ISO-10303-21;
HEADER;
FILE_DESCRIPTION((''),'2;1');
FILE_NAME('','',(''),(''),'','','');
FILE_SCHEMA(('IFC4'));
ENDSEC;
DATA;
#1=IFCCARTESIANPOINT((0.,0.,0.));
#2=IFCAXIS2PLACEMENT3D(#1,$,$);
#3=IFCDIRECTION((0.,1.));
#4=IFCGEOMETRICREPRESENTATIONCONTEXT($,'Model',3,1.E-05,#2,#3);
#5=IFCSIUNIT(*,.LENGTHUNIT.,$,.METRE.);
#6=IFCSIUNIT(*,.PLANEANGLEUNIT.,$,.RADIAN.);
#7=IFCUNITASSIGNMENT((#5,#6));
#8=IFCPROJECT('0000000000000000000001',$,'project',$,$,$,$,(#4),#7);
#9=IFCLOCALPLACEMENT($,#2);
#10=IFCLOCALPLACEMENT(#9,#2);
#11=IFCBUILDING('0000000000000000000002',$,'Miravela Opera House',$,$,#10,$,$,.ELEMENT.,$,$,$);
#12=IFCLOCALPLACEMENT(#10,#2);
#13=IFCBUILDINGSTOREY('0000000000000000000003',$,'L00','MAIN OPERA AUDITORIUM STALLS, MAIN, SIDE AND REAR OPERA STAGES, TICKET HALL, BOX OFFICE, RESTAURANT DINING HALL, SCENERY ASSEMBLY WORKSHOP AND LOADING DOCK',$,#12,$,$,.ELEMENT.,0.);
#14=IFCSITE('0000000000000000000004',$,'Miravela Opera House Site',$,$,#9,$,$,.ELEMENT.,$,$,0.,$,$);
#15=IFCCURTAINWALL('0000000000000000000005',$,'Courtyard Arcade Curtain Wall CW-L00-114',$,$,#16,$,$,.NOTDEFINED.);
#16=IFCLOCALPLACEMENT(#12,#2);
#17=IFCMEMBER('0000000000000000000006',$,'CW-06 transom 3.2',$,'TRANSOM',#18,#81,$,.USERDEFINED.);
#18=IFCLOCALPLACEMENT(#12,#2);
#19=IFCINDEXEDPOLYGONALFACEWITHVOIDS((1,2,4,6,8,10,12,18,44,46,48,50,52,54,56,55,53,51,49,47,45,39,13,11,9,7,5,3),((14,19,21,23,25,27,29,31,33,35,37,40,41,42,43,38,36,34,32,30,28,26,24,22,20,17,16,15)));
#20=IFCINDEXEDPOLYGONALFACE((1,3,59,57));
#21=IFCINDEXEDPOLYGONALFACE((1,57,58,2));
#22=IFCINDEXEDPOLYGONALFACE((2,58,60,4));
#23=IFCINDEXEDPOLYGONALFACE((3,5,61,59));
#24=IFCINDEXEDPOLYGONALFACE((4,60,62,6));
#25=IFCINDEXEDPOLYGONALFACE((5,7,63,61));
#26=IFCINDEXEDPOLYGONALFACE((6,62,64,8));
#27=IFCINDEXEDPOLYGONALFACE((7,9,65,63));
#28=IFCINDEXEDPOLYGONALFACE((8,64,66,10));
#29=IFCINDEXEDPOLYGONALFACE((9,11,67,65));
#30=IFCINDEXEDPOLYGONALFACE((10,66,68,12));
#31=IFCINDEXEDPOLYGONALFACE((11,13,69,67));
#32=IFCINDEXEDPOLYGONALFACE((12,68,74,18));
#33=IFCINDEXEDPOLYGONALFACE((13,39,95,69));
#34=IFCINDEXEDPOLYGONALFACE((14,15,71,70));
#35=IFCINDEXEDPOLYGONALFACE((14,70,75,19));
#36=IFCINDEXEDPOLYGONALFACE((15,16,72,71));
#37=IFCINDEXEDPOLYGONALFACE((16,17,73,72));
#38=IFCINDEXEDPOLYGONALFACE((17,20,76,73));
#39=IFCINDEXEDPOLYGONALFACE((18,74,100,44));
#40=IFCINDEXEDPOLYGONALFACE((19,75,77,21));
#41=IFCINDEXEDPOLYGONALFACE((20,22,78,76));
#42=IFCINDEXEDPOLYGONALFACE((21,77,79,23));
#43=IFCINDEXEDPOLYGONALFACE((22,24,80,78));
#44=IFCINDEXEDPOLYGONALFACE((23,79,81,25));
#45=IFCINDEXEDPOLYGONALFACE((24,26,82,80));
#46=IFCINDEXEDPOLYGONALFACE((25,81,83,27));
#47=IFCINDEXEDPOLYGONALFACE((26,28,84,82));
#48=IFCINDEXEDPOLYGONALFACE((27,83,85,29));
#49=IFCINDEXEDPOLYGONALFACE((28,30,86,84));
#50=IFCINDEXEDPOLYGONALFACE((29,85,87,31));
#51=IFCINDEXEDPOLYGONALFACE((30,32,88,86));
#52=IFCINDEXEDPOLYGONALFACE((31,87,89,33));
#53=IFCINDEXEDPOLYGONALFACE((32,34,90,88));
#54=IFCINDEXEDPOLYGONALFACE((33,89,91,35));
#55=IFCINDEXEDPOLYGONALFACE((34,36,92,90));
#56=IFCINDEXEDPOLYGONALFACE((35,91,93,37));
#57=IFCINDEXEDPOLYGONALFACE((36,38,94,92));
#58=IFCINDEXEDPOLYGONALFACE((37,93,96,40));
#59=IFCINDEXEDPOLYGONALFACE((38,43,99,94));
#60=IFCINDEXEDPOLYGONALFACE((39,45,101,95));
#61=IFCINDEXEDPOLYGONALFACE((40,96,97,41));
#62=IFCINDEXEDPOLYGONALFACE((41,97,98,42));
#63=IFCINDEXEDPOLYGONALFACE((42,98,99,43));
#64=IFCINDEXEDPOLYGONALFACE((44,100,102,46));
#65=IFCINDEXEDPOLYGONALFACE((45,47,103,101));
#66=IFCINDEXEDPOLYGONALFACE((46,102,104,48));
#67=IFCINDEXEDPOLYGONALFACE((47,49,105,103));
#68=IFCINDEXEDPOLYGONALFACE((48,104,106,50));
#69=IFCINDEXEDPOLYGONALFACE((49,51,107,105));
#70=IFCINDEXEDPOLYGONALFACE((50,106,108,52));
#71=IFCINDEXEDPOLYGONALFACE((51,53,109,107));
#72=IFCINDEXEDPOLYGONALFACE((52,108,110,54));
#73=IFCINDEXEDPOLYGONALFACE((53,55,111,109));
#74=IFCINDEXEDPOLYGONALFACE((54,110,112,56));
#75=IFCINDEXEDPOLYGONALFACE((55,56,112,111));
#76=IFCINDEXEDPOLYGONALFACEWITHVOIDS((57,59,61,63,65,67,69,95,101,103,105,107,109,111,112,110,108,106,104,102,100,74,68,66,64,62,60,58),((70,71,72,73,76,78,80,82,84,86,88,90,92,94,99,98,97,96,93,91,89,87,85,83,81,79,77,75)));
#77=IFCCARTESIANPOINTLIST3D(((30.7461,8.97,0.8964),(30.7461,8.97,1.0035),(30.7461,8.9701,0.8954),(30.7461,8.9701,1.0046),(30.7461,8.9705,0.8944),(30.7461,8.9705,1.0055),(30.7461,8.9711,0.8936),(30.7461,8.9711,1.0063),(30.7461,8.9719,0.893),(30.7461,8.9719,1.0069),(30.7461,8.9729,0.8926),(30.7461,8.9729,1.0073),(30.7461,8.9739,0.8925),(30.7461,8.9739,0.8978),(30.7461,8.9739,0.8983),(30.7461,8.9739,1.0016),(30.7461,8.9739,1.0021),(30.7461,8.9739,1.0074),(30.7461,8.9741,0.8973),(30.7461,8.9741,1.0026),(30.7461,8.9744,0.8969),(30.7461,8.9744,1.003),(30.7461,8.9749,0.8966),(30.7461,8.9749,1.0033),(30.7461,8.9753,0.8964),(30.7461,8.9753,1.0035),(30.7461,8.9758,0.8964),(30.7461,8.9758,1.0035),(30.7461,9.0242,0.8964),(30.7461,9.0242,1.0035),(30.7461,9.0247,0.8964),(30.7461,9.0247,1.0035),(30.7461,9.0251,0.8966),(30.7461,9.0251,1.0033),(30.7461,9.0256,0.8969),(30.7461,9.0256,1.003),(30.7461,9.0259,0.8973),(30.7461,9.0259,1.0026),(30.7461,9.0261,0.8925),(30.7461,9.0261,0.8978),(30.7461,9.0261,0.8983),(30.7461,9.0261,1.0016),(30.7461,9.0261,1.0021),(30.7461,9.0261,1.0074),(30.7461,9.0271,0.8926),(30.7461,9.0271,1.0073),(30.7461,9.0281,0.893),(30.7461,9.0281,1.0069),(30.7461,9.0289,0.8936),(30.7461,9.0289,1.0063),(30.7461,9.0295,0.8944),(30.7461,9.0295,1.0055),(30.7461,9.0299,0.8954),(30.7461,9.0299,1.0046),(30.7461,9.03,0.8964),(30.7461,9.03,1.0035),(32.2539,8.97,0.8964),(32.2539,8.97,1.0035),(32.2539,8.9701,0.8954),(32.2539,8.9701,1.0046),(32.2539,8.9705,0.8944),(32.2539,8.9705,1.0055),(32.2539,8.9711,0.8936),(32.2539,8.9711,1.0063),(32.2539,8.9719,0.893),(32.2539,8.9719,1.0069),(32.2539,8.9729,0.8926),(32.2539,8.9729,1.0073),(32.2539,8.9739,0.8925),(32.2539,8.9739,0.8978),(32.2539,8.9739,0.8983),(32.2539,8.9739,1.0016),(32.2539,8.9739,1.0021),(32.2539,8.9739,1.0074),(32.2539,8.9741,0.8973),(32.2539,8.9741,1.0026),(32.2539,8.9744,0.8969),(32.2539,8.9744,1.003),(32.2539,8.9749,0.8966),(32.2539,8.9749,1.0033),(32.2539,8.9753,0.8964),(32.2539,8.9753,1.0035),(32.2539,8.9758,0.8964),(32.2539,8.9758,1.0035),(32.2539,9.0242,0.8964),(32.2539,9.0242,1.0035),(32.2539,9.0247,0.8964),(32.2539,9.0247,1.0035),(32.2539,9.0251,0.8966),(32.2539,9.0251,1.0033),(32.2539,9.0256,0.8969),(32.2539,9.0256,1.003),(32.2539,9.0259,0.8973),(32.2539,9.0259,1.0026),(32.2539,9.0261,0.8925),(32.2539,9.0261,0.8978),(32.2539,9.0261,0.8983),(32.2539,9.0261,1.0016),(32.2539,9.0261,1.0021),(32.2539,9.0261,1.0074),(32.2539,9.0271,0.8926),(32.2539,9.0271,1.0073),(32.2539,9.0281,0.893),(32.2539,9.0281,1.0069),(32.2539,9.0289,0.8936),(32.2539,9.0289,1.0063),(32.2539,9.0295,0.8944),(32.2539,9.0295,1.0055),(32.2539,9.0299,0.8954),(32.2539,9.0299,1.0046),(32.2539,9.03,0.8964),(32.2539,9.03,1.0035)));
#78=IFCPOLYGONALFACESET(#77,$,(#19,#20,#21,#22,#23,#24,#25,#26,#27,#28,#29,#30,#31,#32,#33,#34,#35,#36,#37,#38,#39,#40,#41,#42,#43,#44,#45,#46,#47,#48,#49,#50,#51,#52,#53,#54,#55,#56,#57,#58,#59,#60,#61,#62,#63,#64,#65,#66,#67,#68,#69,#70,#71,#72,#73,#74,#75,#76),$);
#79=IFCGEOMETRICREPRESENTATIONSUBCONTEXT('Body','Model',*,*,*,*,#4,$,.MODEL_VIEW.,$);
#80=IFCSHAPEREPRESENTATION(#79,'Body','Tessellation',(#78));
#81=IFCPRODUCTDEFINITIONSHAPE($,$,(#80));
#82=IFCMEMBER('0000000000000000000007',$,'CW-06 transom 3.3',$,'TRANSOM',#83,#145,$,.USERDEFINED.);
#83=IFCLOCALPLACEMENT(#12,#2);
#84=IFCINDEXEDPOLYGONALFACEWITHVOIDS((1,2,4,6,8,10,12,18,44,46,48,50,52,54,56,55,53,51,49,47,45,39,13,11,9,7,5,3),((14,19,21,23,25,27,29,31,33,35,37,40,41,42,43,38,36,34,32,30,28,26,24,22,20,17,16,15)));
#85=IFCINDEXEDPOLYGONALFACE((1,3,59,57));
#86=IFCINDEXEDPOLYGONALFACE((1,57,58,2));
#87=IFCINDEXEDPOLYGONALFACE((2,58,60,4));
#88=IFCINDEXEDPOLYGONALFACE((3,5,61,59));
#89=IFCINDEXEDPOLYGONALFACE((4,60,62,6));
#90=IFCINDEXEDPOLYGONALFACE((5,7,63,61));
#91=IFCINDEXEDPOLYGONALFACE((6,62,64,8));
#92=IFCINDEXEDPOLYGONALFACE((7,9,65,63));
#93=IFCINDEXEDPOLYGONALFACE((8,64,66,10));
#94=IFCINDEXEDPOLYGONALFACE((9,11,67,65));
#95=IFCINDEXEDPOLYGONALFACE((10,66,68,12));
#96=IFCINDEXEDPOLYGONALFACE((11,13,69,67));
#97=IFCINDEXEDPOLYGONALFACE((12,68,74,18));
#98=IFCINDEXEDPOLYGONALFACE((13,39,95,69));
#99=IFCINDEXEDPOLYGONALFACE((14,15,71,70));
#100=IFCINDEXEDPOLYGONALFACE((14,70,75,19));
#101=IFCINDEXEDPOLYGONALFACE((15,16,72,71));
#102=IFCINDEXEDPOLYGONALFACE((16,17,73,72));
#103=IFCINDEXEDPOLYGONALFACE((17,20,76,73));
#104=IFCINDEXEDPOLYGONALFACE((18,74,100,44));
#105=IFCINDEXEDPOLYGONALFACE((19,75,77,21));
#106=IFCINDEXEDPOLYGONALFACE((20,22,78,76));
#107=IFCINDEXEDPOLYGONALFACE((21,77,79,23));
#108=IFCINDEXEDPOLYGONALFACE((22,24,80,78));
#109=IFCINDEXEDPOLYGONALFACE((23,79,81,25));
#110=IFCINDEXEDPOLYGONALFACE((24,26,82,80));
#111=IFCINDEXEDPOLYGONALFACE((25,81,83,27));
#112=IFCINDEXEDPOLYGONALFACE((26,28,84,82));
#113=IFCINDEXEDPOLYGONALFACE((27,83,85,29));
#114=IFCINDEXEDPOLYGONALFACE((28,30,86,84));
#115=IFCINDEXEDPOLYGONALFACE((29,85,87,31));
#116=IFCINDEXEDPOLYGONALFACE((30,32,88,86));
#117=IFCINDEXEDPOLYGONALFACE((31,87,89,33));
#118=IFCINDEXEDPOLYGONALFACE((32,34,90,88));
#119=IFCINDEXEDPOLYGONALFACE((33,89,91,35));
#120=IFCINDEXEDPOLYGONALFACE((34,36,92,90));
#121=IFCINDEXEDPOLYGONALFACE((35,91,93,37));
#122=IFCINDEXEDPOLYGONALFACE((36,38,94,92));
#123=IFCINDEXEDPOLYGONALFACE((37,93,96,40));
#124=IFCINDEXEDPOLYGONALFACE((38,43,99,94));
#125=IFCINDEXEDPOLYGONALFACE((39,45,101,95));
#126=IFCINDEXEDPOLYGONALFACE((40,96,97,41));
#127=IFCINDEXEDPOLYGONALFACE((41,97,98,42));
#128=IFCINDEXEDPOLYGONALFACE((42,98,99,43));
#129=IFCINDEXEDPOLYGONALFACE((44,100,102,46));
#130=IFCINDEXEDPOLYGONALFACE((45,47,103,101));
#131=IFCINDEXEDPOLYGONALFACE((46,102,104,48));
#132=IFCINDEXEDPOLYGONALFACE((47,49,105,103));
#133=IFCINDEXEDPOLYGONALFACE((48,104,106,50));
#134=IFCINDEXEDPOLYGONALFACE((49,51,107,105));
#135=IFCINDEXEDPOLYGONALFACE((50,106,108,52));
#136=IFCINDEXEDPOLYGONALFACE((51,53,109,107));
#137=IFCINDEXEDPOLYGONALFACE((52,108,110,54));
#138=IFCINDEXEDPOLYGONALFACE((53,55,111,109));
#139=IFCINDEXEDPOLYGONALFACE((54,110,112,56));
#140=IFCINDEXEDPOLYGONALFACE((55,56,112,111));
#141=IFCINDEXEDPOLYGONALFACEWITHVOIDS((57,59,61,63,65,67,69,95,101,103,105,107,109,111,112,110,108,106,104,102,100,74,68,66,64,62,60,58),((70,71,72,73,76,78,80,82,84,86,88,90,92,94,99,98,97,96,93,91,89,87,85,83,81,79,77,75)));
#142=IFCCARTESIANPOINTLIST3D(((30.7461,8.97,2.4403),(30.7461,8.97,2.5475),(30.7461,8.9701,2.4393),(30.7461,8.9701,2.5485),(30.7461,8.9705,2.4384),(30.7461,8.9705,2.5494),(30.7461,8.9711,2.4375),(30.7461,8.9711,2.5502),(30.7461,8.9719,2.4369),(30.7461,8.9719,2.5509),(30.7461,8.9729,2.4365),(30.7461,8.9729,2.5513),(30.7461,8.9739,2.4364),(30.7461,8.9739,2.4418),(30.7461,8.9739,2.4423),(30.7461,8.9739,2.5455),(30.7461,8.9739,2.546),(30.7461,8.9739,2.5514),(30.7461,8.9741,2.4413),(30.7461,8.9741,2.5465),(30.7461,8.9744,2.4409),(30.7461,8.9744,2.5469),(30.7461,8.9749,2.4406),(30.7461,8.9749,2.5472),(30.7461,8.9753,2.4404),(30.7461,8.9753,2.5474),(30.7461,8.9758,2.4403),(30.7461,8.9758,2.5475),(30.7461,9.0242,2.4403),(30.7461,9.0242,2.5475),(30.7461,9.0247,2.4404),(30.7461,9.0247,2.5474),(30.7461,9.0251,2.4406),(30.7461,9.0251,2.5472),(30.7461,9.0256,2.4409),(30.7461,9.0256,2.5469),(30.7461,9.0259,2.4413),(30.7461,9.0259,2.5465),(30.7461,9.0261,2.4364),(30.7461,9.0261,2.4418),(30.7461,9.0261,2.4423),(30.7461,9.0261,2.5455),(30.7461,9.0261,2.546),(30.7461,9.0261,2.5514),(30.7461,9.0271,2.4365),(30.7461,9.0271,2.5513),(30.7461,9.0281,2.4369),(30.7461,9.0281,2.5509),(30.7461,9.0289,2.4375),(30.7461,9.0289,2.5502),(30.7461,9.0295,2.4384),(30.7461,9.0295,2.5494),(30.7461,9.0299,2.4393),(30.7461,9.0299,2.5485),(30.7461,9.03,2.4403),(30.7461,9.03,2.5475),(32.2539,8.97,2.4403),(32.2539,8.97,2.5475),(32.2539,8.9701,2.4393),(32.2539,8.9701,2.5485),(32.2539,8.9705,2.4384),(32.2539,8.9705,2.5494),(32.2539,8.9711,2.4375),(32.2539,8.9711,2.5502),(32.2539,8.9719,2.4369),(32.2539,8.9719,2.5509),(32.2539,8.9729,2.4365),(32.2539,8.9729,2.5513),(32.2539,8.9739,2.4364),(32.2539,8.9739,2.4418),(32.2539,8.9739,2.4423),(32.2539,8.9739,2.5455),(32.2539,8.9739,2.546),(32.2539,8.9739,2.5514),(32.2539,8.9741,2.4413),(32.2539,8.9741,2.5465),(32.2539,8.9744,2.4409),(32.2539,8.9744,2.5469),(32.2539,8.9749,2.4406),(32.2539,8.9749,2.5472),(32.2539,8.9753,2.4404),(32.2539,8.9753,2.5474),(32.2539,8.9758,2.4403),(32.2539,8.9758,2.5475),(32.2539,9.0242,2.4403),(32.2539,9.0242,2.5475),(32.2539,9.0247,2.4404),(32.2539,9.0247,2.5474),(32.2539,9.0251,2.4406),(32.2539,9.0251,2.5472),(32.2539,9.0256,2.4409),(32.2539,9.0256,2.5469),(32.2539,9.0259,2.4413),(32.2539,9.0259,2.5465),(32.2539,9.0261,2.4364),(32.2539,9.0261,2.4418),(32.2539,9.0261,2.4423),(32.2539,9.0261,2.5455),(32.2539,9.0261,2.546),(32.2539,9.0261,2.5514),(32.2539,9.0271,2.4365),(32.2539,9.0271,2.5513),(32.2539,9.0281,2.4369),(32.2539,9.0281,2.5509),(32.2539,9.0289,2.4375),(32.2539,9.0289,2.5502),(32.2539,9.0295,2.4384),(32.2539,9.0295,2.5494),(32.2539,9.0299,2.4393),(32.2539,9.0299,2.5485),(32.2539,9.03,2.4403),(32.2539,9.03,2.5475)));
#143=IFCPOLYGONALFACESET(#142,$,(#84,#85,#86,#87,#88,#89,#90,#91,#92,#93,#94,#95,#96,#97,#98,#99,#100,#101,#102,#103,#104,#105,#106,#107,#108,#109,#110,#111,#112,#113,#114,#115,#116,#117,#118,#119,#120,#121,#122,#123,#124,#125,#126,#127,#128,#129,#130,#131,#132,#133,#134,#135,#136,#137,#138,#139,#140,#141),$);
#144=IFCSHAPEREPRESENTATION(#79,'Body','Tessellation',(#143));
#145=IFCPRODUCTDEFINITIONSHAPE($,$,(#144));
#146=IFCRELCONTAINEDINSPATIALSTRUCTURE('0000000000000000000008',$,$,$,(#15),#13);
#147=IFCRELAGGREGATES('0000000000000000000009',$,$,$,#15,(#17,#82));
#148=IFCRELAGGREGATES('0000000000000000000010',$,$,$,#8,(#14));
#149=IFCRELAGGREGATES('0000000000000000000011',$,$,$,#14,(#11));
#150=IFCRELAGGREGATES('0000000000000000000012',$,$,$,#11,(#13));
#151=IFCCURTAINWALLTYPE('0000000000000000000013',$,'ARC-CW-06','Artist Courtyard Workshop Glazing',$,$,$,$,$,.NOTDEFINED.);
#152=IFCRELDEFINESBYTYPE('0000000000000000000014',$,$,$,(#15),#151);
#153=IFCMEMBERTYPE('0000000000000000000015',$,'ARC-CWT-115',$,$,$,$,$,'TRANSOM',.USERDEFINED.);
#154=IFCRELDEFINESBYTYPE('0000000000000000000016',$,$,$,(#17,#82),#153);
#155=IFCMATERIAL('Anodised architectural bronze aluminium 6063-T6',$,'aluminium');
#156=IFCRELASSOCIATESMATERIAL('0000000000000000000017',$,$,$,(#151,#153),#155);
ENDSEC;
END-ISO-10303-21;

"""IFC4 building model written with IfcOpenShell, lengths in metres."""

from ifc_helpers import new_model, si_unit, direction, frame, origin, origin_2d, place, context, subcontext, project, spatial, hollow_rectangle, extrude, material, material_profile, profile_set, type_object, element, aggregate, save


model = new_model("IFC4")

# Units and contexts
model_context = context("Model", 3, precision=1e-05, world=origin(), true_north=direction((0.0, 1.0)))
body_context = subcontext(model_context, "Body", "Model", "MODEL_VIEW")
ifc_project = project(units=[si_unit("LENGTHUNIT", "METRE"), si_unit("PLANEANGLEUNIT", "RADIAN")], contexts=[model_context])

# Site, building, storey
site_placement = place(None, origin())
site = spatial("IfcSite", under=ifc_project, at=site_placement, Name="Miravela Opera House Site", CompositionType="ELEMENT", RefElevation=0.0)
building_placement = place(site_placement, origin())
building = spatial("IfcBuilding", under=site, at=building_placement, Name="Miravela Opera House", CompositionType="ELEMENT")
storey_placement = place(building_placement, origin())
storey = spatial("IfcBuildingStorey", under=building, at=storey_placement, Name="L00", Description="MAIN OPERA AUDITORIUM STALLS, MAIN, SIDE AND REAR OPERA STAGES, TICKET HALL, BOX OFFICE, RESTAURANT DINING HALL, SCENERY ASSEMBLY WORKSHOP AND LOADING DOCK", CompositionType="ELEMENT", Elevation=0.0)

# Curtain wall, members
ifc_material_1 = material(Name="Anodised architectural bronze aluminium 6063-T6", Category="aluminium")
curtain_wall_type = type_object("IfcCurtainWallType", Name="ARC-CW-06", Description="Artist Courtyard Workshop Glazing", PredefinedType="NOTDEFINED", material=ifc_material_1)
curtain_wall_placement = place(storey_placement, origin())
curtain_wall = element("IfcCurtainWall", 1, at=curtain_wall_placement, inside=storey, type_object=curtain_wall_type, Name="Courtyard Arcade Curtain Wall CW-L00-114", PredefinedType="NOTDEFINED")
ifc_material_profile_1 = material_profile(ifc_material_1, hollow_rectangle(XDim=0.0601, YDim=0.115, WallThickness=0.0039, InnerFilletRadius=0.002, OuterFilletRadius=0.0039, at=origin_2d()), Name="CWT-60X115")
ifc_profile_set_1 = profile_set([ifc_material_profile_1])
member_type_1 = type_object("IfcMemberType", Name="ARC-CWT-115", ElementType="TRANSOM", PredefinedType="USERDEFINED", material=ifc_profile_set_1)
member_1_placement = place(storey_placement, frame((30.7461, 9.0, 0.95), z_axis=(1.0, 0.0, 0.0), x_axis=(0.0, 1.0, 0.0)))
member_1 = element("IfcMember", 2, at=member_1_placement, type_object=member_type_1, Name="CW-06 transom 3.2", ObjectType="TRANSOM", PredefinedType="USERDEFINED", context=body_context, shape_type="SweptSolid", body=[
    extrude(hollow_rectangle(XDim=0.0601, YDim=0.115, WallThickness=0.0039, InnerFilletRadius=0.002, OuterFilletRadius=0.0039, at=origin_2d()), origin(), (0.0, 0.0, 1.0), 1.5078),
])
member_2_placement = place(storey_placement, frame((30.7461, 9.0, 2.4939), z_axis=(1.0, 0.0, 0.0), x_axis=(0.0, 1.0, 0.0)))
member_2 = element("IfcMember", 3, at=member_2_placement, type_object=member_type_1, Name="CW-06 transom 3.3", ObjectType="TRANSOM", PredefinedType="USERDEFINED", context=body_context, shape_type="SweptSolid", body=[
    extrude(hollow_rectangle(XDim=0.0601, YDim=0.115, WallThickness=0.0039, InnerFilletRadius=0.002, OuterFilletRadius=0.0039, at=origin_2d()), origin(), (0.0, 0.0, 1.0), 1.5078),
])
aggregate(curtain_wall, [member_1, member_2])

save(model, "model.ifc")
